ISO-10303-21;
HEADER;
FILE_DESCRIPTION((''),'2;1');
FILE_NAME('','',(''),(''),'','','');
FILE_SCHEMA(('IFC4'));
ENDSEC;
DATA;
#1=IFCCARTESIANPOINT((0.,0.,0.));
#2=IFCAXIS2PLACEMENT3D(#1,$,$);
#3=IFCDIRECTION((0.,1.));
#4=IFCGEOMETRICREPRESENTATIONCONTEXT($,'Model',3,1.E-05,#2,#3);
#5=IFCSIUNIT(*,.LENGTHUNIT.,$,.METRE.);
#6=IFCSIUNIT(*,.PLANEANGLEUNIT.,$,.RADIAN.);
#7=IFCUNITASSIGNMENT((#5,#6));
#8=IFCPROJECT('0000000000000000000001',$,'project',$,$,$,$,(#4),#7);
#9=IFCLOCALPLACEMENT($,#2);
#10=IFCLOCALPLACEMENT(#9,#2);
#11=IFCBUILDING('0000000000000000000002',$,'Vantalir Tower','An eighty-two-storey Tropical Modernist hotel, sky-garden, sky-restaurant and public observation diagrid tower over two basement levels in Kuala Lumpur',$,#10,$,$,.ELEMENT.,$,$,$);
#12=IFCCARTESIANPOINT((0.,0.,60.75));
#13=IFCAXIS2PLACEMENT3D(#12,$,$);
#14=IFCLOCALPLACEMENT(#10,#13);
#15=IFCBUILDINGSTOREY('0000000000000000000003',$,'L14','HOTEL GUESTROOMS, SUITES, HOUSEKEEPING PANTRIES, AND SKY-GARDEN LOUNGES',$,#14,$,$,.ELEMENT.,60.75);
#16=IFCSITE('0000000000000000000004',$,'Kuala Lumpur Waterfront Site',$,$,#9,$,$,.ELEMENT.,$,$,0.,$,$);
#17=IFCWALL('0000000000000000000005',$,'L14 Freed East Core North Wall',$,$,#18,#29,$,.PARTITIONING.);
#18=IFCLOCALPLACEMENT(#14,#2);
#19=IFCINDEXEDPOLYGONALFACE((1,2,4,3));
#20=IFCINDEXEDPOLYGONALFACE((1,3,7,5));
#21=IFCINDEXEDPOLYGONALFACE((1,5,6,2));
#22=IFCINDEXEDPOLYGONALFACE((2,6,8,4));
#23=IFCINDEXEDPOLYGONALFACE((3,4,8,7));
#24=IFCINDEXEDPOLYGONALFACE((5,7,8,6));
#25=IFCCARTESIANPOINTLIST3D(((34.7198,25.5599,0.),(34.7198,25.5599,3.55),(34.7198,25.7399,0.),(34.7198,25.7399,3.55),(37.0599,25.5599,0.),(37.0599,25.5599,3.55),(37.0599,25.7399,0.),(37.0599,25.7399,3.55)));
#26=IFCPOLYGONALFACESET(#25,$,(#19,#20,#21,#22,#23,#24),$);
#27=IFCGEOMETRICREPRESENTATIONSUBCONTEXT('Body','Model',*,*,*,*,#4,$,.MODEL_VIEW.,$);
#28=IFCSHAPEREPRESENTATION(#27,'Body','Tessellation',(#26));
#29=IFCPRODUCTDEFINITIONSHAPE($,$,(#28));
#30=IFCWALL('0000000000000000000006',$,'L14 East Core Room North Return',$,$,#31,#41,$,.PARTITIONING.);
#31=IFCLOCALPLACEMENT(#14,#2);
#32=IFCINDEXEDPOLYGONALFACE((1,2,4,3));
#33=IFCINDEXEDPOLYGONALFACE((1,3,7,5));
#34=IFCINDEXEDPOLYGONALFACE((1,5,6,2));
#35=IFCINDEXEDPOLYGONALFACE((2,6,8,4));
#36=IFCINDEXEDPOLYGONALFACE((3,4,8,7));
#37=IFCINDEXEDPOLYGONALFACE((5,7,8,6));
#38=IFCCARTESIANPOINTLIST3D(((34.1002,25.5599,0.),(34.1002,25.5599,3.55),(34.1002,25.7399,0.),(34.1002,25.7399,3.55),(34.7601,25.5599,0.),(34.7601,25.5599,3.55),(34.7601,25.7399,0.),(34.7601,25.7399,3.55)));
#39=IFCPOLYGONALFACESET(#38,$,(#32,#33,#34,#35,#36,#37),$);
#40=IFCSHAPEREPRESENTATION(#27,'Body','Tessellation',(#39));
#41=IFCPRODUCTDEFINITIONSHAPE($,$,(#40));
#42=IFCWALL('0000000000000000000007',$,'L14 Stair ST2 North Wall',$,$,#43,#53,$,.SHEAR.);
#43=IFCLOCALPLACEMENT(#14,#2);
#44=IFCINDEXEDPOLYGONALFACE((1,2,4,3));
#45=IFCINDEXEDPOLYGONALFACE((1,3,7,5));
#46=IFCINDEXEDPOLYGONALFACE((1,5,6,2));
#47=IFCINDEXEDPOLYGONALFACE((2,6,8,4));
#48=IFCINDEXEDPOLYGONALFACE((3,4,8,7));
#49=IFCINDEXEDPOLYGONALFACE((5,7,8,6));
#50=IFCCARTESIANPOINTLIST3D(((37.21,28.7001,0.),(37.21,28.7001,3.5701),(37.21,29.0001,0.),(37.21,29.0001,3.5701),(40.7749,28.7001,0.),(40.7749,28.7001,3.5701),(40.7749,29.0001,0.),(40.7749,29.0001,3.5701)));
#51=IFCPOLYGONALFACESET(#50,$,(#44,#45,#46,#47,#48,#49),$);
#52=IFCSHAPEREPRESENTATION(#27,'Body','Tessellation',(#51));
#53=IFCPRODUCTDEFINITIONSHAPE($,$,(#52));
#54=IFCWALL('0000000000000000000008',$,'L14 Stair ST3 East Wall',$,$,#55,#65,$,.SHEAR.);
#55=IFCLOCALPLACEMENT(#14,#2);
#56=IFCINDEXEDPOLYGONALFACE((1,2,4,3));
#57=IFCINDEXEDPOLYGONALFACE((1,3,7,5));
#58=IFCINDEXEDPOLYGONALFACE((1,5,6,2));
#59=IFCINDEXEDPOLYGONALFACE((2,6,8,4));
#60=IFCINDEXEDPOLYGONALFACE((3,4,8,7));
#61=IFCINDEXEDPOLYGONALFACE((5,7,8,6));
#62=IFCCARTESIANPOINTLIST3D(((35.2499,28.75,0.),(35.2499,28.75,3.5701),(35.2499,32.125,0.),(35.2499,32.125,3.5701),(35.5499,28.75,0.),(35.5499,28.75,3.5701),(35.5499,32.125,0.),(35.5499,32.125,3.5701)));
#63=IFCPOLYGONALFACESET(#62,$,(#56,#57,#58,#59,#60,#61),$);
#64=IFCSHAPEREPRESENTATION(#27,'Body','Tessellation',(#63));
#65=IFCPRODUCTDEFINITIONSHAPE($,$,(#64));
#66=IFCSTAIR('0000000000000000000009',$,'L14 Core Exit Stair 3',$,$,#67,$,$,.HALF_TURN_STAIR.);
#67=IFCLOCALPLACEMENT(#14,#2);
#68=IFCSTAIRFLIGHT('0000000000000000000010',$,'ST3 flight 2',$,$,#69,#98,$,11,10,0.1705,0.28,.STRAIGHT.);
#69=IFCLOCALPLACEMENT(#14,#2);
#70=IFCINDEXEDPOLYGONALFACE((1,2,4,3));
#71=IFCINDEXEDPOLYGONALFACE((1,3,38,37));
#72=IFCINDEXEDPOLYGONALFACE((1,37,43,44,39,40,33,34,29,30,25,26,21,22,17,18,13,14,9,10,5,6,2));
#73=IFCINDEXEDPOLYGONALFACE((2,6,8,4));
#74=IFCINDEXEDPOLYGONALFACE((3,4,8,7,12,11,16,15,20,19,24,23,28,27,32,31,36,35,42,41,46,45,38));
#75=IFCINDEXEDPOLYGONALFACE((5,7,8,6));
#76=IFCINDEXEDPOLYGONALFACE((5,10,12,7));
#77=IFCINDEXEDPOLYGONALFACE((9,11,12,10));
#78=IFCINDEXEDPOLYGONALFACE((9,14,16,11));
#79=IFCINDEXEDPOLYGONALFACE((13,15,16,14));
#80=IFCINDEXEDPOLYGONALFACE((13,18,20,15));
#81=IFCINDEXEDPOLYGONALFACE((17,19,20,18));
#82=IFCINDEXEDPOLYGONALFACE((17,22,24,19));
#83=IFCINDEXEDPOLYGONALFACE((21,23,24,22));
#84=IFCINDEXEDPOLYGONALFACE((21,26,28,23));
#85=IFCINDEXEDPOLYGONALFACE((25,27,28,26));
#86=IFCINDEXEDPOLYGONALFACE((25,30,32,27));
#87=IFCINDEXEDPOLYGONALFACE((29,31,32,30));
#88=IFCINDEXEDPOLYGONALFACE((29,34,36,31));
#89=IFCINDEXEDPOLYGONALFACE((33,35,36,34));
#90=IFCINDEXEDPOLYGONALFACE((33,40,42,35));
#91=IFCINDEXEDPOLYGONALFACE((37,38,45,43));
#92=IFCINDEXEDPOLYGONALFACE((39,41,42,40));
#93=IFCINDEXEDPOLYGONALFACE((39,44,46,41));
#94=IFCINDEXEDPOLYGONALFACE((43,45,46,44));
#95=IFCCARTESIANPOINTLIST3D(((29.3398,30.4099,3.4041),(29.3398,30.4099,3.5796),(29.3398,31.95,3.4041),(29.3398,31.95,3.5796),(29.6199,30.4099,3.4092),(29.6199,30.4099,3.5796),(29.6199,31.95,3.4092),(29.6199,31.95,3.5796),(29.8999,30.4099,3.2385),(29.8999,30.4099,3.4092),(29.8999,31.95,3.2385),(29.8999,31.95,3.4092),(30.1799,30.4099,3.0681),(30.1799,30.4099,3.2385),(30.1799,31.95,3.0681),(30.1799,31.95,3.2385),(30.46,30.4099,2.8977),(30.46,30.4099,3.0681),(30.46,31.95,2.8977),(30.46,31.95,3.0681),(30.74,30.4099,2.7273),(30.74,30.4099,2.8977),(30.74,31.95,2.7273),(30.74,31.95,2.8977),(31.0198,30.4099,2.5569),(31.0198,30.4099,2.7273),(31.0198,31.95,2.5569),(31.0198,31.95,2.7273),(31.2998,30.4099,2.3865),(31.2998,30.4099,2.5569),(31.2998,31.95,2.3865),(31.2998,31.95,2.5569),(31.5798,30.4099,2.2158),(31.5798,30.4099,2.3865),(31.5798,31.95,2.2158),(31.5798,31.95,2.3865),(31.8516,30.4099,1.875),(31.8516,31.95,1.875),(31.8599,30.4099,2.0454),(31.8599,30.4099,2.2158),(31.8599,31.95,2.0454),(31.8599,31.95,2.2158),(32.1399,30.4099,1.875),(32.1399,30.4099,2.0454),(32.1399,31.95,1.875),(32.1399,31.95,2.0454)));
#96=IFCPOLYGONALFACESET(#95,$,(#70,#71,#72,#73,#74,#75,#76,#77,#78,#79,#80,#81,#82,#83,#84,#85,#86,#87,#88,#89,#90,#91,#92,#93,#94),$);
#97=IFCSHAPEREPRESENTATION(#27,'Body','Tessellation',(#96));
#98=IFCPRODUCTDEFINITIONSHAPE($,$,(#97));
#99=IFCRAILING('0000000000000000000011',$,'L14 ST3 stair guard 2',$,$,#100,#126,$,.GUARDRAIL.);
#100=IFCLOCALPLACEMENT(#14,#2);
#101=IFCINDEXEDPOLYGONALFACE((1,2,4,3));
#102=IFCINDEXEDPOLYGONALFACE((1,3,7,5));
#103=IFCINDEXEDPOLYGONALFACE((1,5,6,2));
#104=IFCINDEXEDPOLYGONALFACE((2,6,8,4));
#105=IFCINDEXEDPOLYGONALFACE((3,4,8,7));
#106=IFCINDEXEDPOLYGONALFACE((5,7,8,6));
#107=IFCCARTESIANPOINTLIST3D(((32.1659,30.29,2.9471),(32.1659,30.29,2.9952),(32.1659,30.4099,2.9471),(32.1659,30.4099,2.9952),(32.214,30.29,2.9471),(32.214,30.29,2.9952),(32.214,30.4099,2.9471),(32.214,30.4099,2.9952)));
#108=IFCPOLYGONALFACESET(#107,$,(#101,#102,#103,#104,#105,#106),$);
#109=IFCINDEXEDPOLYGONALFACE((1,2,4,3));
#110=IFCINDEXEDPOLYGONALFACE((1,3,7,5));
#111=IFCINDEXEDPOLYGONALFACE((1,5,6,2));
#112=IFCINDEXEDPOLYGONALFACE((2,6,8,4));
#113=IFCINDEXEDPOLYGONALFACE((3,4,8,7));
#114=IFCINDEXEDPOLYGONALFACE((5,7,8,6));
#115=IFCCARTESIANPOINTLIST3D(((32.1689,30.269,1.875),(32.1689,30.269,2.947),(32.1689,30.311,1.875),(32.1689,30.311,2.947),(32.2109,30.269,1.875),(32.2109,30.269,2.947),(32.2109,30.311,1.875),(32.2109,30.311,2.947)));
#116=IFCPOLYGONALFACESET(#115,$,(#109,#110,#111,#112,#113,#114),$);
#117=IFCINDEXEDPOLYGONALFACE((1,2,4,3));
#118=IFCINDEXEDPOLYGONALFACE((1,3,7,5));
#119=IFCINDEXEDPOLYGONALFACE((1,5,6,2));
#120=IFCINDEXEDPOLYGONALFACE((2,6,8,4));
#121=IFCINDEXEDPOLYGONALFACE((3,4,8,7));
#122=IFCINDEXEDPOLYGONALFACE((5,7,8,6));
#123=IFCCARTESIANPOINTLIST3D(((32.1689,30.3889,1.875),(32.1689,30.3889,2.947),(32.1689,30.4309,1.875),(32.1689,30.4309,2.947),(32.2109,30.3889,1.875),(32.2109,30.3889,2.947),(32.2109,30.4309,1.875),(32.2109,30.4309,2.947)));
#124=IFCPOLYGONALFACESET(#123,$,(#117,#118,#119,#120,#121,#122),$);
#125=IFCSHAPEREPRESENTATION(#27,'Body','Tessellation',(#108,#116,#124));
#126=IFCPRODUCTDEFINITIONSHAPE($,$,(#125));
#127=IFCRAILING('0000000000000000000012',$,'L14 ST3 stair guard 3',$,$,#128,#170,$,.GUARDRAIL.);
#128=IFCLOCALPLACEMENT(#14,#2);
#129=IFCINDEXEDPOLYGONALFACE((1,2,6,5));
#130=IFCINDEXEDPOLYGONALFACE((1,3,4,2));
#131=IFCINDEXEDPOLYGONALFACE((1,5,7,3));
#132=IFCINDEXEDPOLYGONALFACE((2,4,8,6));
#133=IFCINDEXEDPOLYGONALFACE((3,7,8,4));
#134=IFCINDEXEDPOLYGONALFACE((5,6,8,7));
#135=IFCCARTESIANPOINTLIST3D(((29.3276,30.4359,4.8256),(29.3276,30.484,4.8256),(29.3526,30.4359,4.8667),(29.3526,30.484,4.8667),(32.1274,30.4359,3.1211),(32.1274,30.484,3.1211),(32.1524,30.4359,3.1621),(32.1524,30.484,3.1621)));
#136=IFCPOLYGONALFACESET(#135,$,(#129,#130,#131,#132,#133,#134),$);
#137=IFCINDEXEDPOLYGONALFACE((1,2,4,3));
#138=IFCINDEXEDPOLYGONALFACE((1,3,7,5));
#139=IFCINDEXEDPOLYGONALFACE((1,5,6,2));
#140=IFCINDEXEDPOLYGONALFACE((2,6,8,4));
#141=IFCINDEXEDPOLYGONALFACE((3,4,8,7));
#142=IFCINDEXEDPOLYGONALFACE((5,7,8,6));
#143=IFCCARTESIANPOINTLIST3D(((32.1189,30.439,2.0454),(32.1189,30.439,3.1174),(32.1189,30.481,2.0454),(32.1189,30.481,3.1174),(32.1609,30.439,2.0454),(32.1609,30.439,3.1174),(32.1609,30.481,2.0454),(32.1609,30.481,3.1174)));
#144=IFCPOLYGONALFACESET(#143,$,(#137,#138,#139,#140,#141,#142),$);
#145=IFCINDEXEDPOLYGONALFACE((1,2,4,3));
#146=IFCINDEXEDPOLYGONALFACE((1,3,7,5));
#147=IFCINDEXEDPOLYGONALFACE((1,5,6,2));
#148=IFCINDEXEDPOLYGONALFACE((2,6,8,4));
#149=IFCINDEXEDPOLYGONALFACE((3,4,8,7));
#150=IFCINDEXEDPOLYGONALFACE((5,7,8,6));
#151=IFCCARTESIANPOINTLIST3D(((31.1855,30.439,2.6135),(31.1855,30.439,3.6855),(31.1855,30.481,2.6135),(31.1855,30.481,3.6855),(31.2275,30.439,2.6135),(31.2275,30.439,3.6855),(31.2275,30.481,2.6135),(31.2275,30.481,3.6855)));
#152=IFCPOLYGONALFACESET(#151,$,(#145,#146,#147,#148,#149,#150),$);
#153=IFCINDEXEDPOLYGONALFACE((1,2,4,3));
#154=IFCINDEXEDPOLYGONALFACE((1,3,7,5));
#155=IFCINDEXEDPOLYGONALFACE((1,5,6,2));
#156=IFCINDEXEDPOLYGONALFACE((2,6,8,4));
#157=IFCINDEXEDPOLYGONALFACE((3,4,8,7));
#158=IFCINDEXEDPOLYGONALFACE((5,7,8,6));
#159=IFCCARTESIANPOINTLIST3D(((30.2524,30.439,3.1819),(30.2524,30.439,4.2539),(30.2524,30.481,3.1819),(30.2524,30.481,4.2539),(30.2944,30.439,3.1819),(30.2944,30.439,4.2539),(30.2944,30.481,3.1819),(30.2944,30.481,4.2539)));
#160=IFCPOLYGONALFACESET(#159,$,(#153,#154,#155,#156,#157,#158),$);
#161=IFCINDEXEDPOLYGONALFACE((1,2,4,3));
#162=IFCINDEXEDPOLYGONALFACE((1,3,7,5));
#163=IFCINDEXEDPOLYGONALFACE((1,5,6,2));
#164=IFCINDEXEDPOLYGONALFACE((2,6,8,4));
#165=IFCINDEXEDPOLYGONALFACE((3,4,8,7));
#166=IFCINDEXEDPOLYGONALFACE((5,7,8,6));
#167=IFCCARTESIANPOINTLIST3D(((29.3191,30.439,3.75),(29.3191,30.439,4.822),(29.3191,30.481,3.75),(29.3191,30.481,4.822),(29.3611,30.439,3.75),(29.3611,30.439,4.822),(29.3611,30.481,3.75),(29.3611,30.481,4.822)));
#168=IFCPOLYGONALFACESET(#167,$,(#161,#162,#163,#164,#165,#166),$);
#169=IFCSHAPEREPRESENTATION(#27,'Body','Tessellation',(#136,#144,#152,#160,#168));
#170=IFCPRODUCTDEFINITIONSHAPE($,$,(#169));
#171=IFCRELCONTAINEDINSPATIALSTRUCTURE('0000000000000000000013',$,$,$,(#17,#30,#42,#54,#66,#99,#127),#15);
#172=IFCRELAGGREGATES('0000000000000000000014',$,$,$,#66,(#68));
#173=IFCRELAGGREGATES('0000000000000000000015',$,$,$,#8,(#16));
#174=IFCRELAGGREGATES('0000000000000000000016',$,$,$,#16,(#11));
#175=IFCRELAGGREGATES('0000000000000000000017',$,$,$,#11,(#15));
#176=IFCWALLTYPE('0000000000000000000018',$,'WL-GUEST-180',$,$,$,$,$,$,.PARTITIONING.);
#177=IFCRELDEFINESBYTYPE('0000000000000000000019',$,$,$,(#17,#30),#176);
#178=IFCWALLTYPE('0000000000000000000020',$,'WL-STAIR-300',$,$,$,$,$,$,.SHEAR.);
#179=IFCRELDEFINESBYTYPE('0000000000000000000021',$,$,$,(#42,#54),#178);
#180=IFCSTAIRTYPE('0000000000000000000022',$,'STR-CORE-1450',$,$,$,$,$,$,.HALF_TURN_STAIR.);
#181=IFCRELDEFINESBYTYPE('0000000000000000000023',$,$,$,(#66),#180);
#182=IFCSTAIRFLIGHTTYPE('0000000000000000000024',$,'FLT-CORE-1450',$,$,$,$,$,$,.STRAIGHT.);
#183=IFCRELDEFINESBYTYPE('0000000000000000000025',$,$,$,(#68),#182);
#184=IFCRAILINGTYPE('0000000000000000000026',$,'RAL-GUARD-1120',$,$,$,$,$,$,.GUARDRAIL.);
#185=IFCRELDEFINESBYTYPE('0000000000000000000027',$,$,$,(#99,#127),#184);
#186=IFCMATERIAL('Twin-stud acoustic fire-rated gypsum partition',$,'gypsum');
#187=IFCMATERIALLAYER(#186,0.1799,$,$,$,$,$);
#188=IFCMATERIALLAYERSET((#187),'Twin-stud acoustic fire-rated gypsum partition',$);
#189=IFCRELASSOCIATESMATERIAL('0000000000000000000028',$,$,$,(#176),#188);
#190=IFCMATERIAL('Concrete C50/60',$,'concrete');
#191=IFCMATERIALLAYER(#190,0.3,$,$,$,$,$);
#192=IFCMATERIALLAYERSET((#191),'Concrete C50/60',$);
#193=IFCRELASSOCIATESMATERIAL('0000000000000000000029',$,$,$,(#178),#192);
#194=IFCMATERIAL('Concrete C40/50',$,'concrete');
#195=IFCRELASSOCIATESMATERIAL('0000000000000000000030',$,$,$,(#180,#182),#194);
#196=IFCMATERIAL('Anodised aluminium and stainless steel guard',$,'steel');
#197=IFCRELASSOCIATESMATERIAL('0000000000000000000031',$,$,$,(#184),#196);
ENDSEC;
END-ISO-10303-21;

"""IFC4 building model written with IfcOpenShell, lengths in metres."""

from ifc_helpers import new_model, si_unit, direction, frame, frame_2d, origin, origin_2d, place, context, subcontext, project, spatial, polyline, rectangle, outline, extrude, material, layer, layer_set, type_object, element, aggregate, save


model = new_model("IFC4")

# Units and contexts
model_context = context("Model", 3, precision=1e-05, world=origin(), true_north=direction((0.0, 1.0)))
body_context = subcontext(model_context, "Body", "Model", "MODEL_VIEW")
ifc_project = project(units=[si_unit("LENGTHUNIT", "METRE"), si_unit("PLANEANGLEUNIT", "RADIAN")], contexts=[model_context])

# Site, building, storey
site_placement = place(None, origin())
site = spatial("IfcSite", under=ifc_project, at=site_placement, Name="Kuala Lumpur Waterfront Site", CompositionType="ELEMENT", RefElevation=0.0)
building_placement = place(site_placement, origin())
building = spatial("IfcBuilding", under=site, at=building_placement, Name="Vantalir Tower", Description="An eighty-two-storey Tropical Modernist hotel, sky-garden, sky-restaurant and public observation diagrid tower over two basement levels in Kuala Lumpur", CompositionType="ELEMENT")
storey_placement = place(building_placement, frame((0.0, 0.0, 60.75)))
storey = spatial("IfcBuildingStorey", under=building, at=storey_placement, Name="L14", Description="HOTEL GUESTROOMS, SUITES, HOUSEKEEPING PANTRIES, AND SKY-GARDEN LOUNGES", CompositionType="ELEMENT", Elevation=60.75)

# Walls
ifc_material_1 = material(Name="Twin-stud acoustic fire-rated gypsum partition", Category="gypsum")
ifc_layer_1 = layer(ifc_material_1, 0.1799)
ifc_layer_set_1 = layer_set([ifc_layer_1], Name="Twin-stud acoustic fire-rated gypsum partition")
wall_type_1 = type_object("IfcWallType", Name="WL-GUEST-180", PredefinedType="PARTITIONING", material=ifc_layer_set_1)
wall_1_placement = place(storey_placement, frame((34.72, 25.6499, 0.0), z_axis=(0.0, 0.0, 1.0), x_axis=(1.0, 0.0, 0.0)))
element("IfcWall", 1, at=wall_1_placement, inside=storey, type_object=wall_type_1, Name="L14 Freed East Core North Wall", PredefinedType="PARTITIONING", context=body_context, shape_type="SweptSolid", body=[
    extrude(rectangle(XDim=2.3401, YDim=0.1799, at=frame_2d((1.1699, 0.0))), origin(), (0.0, 0.0, 1.0), 3.55),
])
wall_2_placement = place(storey_placement, frame((34.1001, 25.6499, 0.0), z_axis=(0.0, 0.0, 1.0), x_axis=(1.0, 0.0, 0.0)))
element("IfcWall", 2, at=wall_2_placement, inside=storey, type_object=wall_type_1, Name="L14 East Core Room North Return", PredefinedType="PARTITIONING", context=body_context, shape_type="SweptSolid", body=[
    extrude(rectangle(XDim=0.6599, YDim=0.1799, at=frame_2d((0.3301, 0.0))), origin(), (0.0, 0.0, 1.0), 3.55),
])
ifc_material_2 = material(Name="Concrete C50/60", Category="concrete")
ifc_layer_2 = layer(ifc_material_2, 0.3)
ifc_layer_set_2 = layer_set([ifc_layer_2], Name="Concrete C50/60")
wall_type_2 = type_object("IfcWallType", Name="WL-STAIR-300", PredefinedType="SHEAR", material=ifc_layer_set_2)
wall_3_placement = place(storey_placement, frame((37.21, 28.8501, 0.0), z_axis=(0.0, 0.0, 1.0), x_axis=(1.0, 0.0, 0.0)))
element("IfcWall", 3, at=wall_3_placement, inside=storey, type_object=wall_type_2, Name="L14 Stair ST2 North Wall", PredefinedType="SHEAR", context=body_context, shape_type="SweptSolid", body=[
    extrude(rectangle(XDim=3.5649, YDim=0.3, at=frame_2d((1.7825, 0.0))), origin(), (0.0, 0.0, 1.0), 3.5701),
])
wall_4_placement = place(storey_placement, frame((35.3999, 28.75, 0.0), z_axis=(0.0, 0.0, 1.0), x_axis=(0.0, 1.0, 0.0)))
element("IfcWall", 4, at=wall_4_placement, inside=storey, type_object=wall_type_2, Name="L14 Stair ST3 East Wall", PredefinedType="SHEAR", context=body_context, shape_type="SweptSolid", body=[
    extrude(rectangle(XDim=3.375, YDim=0.3, at=frame_2d((1.6875, 0.0))), origin(), (0.0, 0.0, 1.0), 3.5701),
])

# Stair, stair flight
ifc_material_3 = material(Name="Concrete C40/50", Category="concrete")
stair_type = type_object("IfcStairType", Name="STR-CORE-1450", PredefinedType="HALF_TURN_STAIR", material=ifc_material_3)
stair_placement = place(storey_placement, origin())
stair = element("IfcStair", 5, at=stair_placement, inside=storey, type_object=stair_type, Name="L14 Core Exit Stair 3", PredefinedType="HALF_TURN_STAIR")
stair_flight_type = type_object("IfcStairFlightType", Name="FLT-CORE-1450", PredefinedType="STRAIGHT", material=ifc_material_3)
stair_flight_placement = place(storey_placement, frame((32.1399, 31.1799, 1.875), z_axis=(0.0, 0.0, 1.0), x_axis=(-1.0, 0.0, 0.0)))
stair_flight = element("IfcStairFlight", 6, at=stair_flight_placement, type_object=stair_flight_type, Name="ST3 flight 2", NumberOfRisers=11, NumberOfTreads=10, PredefinedType="STRAIGHT", RiserHeight=0.1705, TreadLength=0.28, context=body_context, shape_type="SweptSolid", body=[
    extrude(outline(polyline([(0.0, 0.0), (0.0, 0.1704), (0.28, 0.1704), (0.28, 0.3408), (0.5601, 0.3408), (0.5601, 0.5115), (0.8401, 0.5115), (0.8401, 0.6819), (1.1201, 0.6819), (1.1201, 0.8523), (1.3999, 0.8523), (1.3999, 1.0227), (1.6799, 1.0227), (1.6799, 1.1931), (1.96, 1.1931), (1.96, 1.3635), (2.24, 1.3635), (2.24, 1.5342), (2.52, 1.5342), (2.52, 1.7046), (2.8, 1.7046), (2.8, 1.875), (2.8, 1.5291), (0.2883, 0.0), (0.0, 0.0)])), frame((0.0, 0.77, 0.0), z_axis=(0.0, -1.0, 0.0), x_axis=(1.0, 0.0, 0.0)), (0.0, 0.0, 1.0), 1.54),
])
aggregate(stair, [stair_flight])

# Railings
ifc_material_4 = material(Name="Anodised aluminium and stainless steel guard", Category="steel")
railing_type_1 = type_object("IfcRailingType", Name="RAL-GUARD-1120", PredefinedType="GUARDRAIL", material=ifc_material_4)
railing_1_placement = place(storey_placement, frame((32.1899, 30.29, 1.875)))
element("IfcRailing", 7, at=railing_1_placement, inside=storey, type_object=railing_type_1, Name="L14 ST3 stair guard 2", PredefinedType="GUARDRAIL", context=body_context, shape_type="SweptSolid", body=[
    extrude(rectangle(XDim=0.0481, YDim=0.0481, at=origin_2d()), frame((0.0, 0.0, 1.0962), z_axis=(0.0, 1.0, 0.0), x_axis=(-1.0, 0.0, 0.0)), (0.0, 0.0, 1.0), 0.1199),
    extrude(rectangle(XDim=0.042, YDim=0.042, at=origin_2d()), origin(), (0.0, 0.0, 1.0), 1.072),
    extrude(rectangle(XDim=0.042, YDim=0.042, at=origin_2d()), frame((0.0, 0.1199, 0.0)), (0.0, 0.0, 1.0), 1.072),
])
railing_2_placement = place(storey_placement, frame((32.1399, 30.46, 2.0454)))
element("IfcRailing", 8, at=railing_2_placement, inside=storey, type_object=railing_type_1, Name="L14 ST3 stair guard 3", PredefinedType="GUARDRAIL", context=body_context, shape_type="SweptSolid", body=[
    extrude(rectangle(XDim=0.0481, YDim=0.0481, at=origin_2d()), frame((0.0, 0.0, 1.0962), z_axis=(-0.85415, 0.0, 0.520027), x_axis=(0.0, -1.0, 0.0)), (0.0, 0.0, 1.0), 3.2778),
    extrude(rectangle(XDim=0.042, YDim=0.042, at=origin_2d()), origin(), (0.0, 0.0, 1.0), 1.072),
    extrude(rectangle(XDim=0.042, YDim=0.042, at=origin_2d()), frame((-0.9333, 0.0, 0.5681)), (0.0, 0.0, 1.0), 1.072),
    extrude(rectangle(XDim=0.042, YDim=0.042, at=origin_2d()), frame((-1.8665, 0.0, 1.1365)), (0.0, 0.0, 1.0), 1.072),
    extrude(rectangle(XDim=0.042, YDim=0.042, at=origin_2d()), frame((-2.7998, 0.0, 1.7046)), (0.0, 0.0, 1.0), 1.072),
])

save(model, "model.ifc")
